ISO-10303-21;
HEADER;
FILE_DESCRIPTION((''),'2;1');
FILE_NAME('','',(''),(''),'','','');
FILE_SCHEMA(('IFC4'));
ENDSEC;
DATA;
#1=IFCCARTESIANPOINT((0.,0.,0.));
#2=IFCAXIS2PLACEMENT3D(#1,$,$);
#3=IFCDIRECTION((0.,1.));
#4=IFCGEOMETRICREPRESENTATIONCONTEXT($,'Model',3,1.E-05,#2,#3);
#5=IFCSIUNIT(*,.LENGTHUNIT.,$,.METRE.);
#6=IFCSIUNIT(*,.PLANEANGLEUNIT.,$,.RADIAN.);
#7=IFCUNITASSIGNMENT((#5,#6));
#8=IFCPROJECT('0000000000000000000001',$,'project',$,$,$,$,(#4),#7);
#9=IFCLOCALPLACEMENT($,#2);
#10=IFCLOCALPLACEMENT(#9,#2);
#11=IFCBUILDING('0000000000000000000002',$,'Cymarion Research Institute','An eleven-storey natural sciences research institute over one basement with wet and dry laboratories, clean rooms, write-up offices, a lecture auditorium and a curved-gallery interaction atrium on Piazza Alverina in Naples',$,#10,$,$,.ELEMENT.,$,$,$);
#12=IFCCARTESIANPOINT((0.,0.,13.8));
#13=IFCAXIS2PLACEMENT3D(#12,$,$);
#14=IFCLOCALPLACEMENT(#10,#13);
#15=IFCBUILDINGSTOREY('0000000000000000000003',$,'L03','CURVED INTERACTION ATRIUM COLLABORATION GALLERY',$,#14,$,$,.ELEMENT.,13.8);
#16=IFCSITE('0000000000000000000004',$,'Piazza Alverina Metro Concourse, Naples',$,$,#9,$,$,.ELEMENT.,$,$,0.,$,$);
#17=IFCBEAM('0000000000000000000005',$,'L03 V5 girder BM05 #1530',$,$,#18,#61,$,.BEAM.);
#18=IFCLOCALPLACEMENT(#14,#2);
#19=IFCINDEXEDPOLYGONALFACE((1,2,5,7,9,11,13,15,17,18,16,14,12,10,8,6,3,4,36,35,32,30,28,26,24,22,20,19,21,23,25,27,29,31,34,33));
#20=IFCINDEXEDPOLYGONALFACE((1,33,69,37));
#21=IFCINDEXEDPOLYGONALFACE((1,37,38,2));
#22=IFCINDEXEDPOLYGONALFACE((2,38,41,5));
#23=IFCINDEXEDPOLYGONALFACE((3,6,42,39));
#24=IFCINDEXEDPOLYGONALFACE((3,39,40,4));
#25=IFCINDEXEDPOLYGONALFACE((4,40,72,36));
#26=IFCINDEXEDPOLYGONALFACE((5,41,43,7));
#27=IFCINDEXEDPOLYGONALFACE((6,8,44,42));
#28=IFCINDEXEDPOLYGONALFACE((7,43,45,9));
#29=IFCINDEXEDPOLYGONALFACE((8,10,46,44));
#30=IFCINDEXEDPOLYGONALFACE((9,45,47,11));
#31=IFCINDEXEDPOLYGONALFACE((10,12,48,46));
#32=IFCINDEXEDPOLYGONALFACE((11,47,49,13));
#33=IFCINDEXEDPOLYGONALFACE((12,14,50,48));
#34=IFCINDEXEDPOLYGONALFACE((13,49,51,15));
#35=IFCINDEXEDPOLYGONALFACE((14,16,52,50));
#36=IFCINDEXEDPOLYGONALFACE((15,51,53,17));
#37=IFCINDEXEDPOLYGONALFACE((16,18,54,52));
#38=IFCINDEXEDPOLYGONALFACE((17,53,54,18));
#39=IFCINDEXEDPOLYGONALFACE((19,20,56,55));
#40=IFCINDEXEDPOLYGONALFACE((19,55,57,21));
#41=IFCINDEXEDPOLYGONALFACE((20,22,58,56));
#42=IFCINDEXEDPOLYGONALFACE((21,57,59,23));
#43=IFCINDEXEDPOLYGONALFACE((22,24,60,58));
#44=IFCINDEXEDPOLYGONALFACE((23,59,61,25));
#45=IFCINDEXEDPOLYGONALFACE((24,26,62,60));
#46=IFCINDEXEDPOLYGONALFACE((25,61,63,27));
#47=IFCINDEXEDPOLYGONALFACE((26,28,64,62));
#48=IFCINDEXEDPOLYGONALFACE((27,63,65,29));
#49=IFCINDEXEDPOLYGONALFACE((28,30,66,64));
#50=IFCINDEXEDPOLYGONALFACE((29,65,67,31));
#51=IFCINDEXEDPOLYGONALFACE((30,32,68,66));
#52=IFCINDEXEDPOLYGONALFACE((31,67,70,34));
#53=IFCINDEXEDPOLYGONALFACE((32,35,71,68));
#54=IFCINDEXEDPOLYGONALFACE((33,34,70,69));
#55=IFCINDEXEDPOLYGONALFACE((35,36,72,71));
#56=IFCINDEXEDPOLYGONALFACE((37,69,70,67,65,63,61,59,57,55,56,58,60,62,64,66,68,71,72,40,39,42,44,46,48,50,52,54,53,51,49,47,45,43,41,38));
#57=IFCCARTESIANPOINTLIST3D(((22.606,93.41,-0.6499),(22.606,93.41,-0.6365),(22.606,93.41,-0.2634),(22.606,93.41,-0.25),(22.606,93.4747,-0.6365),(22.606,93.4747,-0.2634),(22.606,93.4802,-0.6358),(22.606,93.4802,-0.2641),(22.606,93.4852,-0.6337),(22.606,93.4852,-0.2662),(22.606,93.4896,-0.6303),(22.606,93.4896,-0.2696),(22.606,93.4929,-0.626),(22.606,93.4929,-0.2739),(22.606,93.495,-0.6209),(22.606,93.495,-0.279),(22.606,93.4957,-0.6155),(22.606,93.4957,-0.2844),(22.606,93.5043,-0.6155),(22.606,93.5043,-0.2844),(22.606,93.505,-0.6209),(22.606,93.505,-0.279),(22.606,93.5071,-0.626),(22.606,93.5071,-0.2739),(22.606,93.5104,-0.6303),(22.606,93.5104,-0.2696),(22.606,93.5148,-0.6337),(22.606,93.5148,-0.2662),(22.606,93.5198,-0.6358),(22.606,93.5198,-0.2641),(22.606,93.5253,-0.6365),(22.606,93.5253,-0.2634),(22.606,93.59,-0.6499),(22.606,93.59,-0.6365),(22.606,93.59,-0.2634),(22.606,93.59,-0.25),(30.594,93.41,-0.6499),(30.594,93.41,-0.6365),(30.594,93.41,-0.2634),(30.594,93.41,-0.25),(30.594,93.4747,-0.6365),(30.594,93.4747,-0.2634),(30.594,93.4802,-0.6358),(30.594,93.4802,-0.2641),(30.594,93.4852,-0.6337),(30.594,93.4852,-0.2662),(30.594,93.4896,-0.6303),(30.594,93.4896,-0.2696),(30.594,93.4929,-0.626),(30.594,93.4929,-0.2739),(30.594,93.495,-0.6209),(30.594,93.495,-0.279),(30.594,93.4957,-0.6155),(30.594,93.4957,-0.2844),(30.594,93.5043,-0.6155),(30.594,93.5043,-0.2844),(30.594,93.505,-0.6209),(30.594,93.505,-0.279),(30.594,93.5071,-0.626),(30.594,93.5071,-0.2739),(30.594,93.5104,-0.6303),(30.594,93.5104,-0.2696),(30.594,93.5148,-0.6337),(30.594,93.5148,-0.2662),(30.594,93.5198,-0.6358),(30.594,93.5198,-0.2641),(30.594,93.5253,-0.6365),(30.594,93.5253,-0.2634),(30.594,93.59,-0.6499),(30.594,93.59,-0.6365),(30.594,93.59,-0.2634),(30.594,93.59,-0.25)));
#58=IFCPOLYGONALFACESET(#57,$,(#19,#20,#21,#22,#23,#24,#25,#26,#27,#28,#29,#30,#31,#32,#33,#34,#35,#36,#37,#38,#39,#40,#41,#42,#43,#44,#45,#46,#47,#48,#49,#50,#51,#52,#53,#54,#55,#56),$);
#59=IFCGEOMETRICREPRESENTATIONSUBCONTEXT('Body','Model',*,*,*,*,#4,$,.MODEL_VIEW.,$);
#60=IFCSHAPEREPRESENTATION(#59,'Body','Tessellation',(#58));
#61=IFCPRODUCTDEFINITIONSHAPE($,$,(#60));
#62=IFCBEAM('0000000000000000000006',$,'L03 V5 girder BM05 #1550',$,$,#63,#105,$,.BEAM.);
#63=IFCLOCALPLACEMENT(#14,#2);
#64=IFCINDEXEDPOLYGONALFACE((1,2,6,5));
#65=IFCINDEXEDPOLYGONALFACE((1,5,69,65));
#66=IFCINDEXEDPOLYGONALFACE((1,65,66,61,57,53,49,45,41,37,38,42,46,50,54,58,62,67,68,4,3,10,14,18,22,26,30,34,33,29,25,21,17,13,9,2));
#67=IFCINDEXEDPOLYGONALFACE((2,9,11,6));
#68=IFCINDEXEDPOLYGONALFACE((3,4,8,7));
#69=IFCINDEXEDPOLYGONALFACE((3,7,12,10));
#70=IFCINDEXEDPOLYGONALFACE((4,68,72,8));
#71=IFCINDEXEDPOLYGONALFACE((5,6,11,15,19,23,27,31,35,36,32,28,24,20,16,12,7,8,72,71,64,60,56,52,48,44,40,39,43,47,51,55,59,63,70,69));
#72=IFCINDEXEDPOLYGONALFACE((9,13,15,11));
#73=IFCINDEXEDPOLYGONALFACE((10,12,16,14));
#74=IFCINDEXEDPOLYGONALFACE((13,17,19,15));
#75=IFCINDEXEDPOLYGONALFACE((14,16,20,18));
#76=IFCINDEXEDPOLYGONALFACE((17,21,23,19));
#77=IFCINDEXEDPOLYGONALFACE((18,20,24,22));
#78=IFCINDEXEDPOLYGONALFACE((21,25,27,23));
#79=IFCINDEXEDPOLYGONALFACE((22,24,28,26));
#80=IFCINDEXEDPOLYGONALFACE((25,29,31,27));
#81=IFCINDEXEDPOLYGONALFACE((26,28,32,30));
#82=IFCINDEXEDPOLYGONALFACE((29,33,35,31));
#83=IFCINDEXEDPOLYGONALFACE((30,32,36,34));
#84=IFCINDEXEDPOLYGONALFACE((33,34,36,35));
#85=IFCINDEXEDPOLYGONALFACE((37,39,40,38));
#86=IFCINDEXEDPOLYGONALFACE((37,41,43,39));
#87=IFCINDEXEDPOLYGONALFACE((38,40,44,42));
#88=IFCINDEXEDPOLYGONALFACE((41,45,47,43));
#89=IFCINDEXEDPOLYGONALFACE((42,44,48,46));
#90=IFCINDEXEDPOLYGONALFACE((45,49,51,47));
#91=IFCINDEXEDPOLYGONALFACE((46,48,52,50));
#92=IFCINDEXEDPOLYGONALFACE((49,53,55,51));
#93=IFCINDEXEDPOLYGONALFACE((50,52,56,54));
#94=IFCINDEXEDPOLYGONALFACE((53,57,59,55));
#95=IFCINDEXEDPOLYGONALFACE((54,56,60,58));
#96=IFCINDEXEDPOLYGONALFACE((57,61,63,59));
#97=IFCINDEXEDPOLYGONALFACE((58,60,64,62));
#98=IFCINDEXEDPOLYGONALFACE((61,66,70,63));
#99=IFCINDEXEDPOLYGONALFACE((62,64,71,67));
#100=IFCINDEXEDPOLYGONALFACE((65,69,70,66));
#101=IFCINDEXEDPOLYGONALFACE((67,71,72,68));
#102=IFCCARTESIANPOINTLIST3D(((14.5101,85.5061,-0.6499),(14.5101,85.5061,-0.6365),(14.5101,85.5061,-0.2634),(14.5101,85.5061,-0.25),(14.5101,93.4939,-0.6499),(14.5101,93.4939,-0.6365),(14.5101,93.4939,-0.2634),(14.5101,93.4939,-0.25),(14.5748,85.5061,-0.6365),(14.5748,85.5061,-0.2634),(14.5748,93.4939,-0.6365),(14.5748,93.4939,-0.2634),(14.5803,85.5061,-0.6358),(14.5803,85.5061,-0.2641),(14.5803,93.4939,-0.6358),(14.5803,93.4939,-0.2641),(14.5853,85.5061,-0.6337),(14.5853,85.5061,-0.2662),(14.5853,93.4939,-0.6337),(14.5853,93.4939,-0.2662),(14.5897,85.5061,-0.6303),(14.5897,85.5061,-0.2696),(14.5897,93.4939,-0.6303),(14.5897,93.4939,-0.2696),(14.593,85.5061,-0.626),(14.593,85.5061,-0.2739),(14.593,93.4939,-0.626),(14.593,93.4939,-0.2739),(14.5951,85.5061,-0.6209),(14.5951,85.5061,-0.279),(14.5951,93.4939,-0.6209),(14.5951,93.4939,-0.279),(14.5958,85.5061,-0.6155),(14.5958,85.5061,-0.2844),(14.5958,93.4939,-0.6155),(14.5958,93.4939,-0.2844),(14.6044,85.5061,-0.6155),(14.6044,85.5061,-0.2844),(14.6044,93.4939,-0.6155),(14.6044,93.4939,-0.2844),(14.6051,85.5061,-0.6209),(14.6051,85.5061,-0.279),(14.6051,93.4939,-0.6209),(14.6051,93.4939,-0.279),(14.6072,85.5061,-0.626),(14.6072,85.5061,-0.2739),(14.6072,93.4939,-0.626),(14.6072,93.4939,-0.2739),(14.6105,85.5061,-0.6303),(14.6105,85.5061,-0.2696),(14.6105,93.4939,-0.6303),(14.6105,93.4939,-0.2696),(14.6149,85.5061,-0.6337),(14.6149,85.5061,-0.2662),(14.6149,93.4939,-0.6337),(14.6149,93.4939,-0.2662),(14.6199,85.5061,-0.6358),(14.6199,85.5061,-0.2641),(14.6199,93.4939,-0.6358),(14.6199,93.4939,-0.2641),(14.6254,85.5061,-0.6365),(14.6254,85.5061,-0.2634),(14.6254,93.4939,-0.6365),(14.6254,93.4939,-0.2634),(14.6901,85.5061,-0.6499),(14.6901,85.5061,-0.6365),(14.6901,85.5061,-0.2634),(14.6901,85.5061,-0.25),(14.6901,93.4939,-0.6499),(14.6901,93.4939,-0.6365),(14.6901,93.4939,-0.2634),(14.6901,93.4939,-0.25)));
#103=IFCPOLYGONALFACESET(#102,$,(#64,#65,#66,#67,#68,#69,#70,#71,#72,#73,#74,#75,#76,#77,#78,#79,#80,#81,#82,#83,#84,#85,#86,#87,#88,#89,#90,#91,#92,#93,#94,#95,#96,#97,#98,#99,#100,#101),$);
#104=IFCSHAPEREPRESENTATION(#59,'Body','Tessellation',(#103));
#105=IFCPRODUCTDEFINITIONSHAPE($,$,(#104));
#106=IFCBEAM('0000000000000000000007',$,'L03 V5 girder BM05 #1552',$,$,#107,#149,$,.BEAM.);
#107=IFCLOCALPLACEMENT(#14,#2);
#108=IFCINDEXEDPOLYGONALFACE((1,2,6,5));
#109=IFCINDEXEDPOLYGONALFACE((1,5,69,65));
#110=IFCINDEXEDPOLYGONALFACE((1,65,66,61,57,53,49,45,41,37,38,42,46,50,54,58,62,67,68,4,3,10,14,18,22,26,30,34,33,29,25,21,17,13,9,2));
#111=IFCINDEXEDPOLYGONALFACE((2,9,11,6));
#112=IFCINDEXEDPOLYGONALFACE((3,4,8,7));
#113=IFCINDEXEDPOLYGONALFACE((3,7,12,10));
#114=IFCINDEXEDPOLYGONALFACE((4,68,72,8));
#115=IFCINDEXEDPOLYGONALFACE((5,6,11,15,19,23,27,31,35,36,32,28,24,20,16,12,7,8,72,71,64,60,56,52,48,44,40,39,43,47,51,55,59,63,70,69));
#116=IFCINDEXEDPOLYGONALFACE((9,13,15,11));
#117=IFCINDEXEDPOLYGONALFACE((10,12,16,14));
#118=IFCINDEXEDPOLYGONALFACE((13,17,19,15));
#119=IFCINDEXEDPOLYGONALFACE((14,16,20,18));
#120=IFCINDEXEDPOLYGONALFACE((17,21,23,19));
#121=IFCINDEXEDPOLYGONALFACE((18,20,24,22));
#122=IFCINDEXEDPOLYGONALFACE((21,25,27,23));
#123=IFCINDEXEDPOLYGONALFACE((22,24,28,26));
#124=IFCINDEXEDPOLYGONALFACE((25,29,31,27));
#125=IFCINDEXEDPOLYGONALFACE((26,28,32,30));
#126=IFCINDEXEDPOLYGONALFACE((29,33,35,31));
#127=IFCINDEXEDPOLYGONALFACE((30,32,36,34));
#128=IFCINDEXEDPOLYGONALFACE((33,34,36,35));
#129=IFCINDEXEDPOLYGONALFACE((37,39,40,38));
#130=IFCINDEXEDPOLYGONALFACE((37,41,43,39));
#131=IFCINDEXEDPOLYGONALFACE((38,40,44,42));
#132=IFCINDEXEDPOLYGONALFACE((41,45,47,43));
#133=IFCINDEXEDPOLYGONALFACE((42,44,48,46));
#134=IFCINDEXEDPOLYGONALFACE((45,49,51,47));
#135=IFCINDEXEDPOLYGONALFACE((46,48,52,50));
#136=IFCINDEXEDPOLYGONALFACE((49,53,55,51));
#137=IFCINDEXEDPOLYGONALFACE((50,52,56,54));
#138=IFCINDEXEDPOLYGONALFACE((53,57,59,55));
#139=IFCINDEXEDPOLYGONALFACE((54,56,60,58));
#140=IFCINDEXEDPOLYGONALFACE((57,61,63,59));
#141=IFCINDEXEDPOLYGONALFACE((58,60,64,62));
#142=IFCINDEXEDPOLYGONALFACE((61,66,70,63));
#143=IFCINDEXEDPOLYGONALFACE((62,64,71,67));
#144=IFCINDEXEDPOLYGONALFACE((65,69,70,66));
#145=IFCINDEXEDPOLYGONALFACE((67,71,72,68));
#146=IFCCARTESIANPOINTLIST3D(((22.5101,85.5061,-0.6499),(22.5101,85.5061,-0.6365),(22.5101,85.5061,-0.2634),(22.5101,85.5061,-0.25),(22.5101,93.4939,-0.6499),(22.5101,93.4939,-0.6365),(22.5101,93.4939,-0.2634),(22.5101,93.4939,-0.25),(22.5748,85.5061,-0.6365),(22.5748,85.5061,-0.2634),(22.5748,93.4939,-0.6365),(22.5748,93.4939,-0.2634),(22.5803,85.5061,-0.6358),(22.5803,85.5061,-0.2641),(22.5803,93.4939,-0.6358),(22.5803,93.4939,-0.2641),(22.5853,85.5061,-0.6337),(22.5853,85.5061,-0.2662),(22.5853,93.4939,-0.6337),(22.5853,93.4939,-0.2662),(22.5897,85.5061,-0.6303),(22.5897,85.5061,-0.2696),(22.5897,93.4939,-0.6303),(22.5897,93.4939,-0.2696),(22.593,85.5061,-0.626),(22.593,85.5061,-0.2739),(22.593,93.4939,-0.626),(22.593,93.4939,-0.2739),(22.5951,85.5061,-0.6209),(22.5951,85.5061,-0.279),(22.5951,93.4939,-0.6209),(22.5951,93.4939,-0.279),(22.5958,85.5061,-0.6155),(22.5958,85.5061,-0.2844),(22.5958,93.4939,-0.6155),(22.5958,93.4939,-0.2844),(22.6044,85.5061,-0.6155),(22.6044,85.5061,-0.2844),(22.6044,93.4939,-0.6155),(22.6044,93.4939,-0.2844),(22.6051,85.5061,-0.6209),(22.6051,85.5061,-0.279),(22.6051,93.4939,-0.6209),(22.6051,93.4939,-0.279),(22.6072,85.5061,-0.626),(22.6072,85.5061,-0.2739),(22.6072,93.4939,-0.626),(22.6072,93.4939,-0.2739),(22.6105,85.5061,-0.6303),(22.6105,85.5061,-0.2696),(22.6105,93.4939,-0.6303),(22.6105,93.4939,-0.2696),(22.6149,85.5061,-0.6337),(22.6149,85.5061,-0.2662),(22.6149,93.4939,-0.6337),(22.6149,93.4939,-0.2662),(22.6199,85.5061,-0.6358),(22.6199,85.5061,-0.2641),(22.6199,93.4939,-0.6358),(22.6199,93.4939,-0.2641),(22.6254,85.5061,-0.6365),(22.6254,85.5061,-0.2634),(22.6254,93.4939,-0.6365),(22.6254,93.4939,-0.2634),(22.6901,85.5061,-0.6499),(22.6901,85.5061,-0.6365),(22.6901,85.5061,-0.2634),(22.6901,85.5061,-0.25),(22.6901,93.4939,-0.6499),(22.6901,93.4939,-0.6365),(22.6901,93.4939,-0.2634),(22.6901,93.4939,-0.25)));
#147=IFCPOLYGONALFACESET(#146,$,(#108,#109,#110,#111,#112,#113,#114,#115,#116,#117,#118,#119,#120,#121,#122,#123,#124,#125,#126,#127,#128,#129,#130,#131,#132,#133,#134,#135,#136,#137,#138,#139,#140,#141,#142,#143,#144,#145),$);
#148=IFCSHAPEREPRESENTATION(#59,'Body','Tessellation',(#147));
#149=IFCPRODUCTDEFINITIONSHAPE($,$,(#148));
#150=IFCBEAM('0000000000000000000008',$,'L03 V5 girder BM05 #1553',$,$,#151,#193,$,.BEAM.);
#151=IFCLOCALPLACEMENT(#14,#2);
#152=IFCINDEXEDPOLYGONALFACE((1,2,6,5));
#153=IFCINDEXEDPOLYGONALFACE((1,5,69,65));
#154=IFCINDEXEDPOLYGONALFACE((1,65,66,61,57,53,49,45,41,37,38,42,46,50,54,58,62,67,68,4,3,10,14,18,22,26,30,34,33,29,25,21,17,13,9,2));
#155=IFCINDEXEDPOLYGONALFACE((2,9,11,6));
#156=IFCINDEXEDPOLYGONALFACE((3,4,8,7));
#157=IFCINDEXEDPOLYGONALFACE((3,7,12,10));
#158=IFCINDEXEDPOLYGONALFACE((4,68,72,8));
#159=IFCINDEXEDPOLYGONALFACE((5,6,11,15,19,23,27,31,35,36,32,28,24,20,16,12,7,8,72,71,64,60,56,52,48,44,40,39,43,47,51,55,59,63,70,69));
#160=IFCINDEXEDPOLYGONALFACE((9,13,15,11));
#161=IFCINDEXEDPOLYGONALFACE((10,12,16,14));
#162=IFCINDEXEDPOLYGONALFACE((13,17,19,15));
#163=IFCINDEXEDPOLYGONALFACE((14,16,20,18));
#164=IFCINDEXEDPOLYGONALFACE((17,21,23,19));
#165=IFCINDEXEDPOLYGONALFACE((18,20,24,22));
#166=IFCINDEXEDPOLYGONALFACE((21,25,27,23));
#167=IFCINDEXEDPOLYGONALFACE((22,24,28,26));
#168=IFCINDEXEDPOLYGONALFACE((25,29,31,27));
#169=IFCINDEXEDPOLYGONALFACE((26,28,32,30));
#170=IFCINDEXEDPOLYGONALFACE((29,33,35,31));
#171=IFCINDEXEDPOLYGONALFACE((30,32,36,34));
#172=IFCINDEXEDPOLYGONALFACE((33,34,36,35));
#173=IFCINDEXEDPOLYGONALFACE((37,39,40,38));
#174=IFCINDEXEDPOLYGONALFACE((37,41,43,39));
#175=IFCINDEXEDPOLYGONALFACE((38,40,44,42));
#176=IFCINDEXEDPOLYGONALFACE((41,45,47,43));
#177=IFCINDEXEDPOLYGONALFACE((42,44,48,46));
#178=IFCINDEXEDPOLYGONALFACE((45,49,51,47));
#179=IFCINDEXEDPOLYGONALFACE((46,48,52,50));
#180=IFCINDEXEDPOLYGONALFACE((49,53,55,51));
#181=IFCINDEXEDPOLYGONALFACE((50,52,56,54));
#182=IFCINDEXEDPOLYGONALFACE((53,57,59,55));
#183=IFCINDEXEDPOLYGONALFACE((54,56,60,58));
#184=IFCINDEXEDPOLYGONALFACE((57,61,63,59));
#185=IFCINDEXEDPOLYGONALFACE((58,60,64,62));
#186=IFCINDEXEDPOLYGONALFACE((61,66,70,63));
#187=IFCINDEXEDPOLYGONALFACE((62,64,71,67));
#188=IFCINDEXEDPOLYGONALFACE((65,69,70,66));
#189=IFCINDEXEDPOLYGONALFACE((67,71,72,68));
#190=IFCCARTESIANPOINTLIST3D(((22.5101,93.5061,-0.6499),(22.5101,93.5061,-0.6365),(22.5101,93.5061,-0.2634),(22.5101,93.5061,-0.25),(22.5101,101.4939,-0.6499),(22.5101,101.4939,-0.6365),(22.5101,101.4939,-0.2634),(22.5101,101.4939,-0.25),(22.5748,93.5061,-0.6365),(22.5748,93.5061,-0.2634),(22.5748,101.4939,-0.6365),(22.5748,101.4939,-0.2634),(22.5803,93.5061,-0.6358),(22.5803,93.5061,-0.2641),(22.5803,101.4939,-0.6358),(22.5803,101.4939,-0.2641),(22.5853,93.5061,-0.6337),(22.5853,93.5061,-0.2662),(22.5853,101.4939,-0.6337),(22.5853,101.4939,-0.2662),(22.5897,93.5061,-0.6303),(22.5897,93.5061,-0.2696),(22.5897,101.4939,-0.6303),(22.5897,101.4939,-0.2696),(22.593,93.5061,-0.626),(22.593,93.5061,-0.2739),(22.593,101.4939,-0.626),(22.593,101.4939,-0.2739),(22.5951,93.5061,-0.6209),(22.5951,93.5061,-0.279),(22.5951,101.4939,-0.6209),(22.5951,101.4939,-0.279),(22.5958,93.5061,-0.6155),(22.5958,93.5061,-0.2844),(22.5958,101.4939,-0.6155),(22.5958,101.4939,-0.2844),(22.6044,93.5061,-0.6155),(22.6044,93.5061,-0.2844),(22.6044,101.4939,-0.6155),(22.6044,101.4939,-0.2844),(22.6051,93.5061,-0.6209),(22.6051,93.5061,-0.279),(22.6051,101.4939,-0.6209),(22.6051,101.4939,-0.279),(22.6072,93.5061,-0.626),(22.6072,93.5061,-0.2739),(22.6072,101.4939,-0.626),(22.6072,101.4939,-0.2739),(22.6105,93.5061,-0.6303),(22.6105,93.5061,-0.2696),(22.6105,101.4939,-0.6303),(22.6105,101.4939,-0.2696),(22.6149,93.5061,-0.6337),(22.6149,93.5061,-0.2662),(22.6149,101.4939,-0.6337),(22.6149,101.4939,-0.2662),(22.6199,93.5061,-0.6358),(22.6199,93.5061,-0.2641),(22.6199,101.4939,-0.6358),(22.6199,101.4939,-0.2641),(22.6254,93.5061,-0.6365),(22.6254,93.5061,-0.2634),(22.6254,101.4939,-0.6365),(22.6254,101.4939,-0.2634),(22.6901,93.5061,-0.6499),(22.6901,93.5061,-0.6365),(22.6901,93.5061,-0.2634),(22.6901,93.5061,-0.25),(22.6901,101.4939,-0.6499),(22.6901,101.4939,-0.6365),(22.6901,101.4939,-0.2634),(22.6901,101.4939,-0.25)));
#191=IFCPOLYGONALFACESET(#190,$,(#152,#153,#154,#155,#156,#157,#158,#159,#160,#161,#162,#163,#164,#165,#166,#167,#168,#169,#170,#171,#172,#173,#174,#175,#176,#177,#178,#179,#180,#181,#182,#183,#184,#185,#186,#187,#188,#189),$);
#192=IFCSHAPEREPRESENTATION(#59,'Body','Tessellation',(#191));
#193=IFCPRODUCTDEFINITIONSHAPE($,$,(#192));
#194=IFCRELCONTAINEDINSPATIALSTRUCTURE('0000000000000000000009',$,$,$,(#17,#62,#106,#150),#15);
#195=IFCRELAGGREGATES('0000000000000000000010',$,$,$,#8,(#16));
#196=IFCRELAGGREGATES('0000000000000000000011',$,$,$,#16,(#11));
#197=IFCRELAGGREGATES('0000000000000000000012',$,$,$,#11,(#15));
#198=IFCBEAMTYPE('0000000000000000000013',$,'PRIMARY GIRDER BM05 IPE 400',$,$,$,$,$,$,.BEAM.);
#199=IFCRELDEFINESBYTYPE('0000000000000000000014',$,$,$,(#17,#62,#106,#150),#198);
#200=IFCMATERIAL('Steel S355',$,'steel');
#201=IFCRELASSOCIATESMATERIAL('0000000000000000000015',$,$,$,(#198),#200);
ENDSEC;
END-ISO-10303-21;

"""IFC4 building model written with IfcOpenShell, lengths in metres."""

from ifc_helpers import new_model, si_unit, direction, frame, origin, origin_2d, place, context, subcontext, project, spatial, i_section, extrude, material, material_profile, profile_set, type_object, element, save


model = new_model("IFC4")

# Units and contexts
model_context = context("Model", 3, precision=1e-05, world=origin(), true_north=direction((0.0, 1.0)))
body_context = subcontext(model_context, "Body", "Model", "MODEL_VIEW")
ifc_project = project(units=[si_unit("LENGTHUNIT", "METRE"), si_unit("PLANEANGLEUNIT", "RADIAN")], contexts=[model_context])

# Site, building, storey
site_placement = place(None, origin())
site = spatial("IfcSite", under=ifc_project, at=site_placement, Name="Piazza Alverina Metro Concourse, Naples", CompositionType="ELEMENT", RefElevation=0.0)
building_placement = place(site_placement, origin())
building = spatial("IfcBuilding", under=site, at=building_placement, Name="Cymarion Research Institute", Description="An eleven-storey natural sciences research institute over one basement with wet and dry laboratories, clean rooms, write-up offices, a lecture auditorium and a curved-gallery interaction atrium on Piazza Alverina in Naples", CompositionType="ELEMENT")
storey_placement = place(building_placement, frame((0.0, 0.0, 13.8)))
storey = spatial("IfcBuildingStorey", under=building, at=storey_placement, Name="L03", Description="CURVED INTERACTION ATRIUM COLLABORATION GALLERY", CompositionType="ELEMENT", Elevation=13.8)

# Shared definitions
ifc_material_1 = material(Name="Steel S355", Category="steel")

# Beams
ifc_material_profile_1 = material_profile(ifc_material_1, i_section(OverallWidth=0.1799, OverallDepth=0.3999, WebThickness=0.0085, FlangeThickness=0.0134, FilletRadius=0.021, at=origin_2d()), Name="IPE 400")
ifc_profile_set_1 = profile_set([ifc_material_profile_1], Name="Steel S355")
beam_type_1 = type_object("IfcBeamType", Name="PRIMARY GIRDER BM05 IPE 400", PredefinedType="BEAM", material=ifc_profile_set_1)
for number, where, z_axis, x_axis, name in (
    (1, (22.606, 93.5, -0.45), (1.0, 0.0, 0.0), (0.0, 1.0, 0.0), "L03 V5 girder BM05 #1530"),
):
    element("IfcBeam", number, at=place(storey_placement, frame(where, z_axis=z_axis, x_axis=x_axis)), inside=storey, type_object=beam_type_1, Name=name, PredefinedType="BEAM", context=body_context, shape_type="SweptSolid", body=[
        extrude(i_section(OverallWidth=0.1799, OverallDepth=0.3999, WebThickness=0.0085, FlangeThickness=0.0134, FilletRadius=0.021, at=origin_2d()), origin(), (0.0, 0.0, 1.0), 7.988),
    ])
for number, where, z_axis, x_axis, name in (
    (2, (14.6001, 85.5061, -0.45), (0.0, 1.0, 0.0), (-1.0, 0.0, 0.0), "L03 V5 girder BM05 #1550"),
    (3, (22.6001, 85.5061, -0.45), (0.0, 1.0, 0.0), (-1.0, 0.0, 0.0), "L03 V5 girder BM05 #1552"),
    (4, (22.6001, 93.5061, -0.45), (0.0, 1.0, 0.0), (-1.0, 0.0, 0.0), "L03 V5 girder BM05 #1553"),
):
    element("IfcBeam", number, at=place(storey_placement, frame(where, z_axis=z_axis, x_axis=x_axis)), inside=storey, type_object=beam_type_1, Name=name, PredefinedType="BEAM", context=body_context, shape_type="SweptSolid", body=[
        extrude(i_section(OverallWidth=0.1799, OverallDepth=0.3999, WebThickness=0.0085, FlangeThickness=0.0134, FilletRadius=0.021, at=origin_2d()), origin(), (0.0, 0.0, 1.0), 7.9878),
    ])

save(model, "model.ifc")
